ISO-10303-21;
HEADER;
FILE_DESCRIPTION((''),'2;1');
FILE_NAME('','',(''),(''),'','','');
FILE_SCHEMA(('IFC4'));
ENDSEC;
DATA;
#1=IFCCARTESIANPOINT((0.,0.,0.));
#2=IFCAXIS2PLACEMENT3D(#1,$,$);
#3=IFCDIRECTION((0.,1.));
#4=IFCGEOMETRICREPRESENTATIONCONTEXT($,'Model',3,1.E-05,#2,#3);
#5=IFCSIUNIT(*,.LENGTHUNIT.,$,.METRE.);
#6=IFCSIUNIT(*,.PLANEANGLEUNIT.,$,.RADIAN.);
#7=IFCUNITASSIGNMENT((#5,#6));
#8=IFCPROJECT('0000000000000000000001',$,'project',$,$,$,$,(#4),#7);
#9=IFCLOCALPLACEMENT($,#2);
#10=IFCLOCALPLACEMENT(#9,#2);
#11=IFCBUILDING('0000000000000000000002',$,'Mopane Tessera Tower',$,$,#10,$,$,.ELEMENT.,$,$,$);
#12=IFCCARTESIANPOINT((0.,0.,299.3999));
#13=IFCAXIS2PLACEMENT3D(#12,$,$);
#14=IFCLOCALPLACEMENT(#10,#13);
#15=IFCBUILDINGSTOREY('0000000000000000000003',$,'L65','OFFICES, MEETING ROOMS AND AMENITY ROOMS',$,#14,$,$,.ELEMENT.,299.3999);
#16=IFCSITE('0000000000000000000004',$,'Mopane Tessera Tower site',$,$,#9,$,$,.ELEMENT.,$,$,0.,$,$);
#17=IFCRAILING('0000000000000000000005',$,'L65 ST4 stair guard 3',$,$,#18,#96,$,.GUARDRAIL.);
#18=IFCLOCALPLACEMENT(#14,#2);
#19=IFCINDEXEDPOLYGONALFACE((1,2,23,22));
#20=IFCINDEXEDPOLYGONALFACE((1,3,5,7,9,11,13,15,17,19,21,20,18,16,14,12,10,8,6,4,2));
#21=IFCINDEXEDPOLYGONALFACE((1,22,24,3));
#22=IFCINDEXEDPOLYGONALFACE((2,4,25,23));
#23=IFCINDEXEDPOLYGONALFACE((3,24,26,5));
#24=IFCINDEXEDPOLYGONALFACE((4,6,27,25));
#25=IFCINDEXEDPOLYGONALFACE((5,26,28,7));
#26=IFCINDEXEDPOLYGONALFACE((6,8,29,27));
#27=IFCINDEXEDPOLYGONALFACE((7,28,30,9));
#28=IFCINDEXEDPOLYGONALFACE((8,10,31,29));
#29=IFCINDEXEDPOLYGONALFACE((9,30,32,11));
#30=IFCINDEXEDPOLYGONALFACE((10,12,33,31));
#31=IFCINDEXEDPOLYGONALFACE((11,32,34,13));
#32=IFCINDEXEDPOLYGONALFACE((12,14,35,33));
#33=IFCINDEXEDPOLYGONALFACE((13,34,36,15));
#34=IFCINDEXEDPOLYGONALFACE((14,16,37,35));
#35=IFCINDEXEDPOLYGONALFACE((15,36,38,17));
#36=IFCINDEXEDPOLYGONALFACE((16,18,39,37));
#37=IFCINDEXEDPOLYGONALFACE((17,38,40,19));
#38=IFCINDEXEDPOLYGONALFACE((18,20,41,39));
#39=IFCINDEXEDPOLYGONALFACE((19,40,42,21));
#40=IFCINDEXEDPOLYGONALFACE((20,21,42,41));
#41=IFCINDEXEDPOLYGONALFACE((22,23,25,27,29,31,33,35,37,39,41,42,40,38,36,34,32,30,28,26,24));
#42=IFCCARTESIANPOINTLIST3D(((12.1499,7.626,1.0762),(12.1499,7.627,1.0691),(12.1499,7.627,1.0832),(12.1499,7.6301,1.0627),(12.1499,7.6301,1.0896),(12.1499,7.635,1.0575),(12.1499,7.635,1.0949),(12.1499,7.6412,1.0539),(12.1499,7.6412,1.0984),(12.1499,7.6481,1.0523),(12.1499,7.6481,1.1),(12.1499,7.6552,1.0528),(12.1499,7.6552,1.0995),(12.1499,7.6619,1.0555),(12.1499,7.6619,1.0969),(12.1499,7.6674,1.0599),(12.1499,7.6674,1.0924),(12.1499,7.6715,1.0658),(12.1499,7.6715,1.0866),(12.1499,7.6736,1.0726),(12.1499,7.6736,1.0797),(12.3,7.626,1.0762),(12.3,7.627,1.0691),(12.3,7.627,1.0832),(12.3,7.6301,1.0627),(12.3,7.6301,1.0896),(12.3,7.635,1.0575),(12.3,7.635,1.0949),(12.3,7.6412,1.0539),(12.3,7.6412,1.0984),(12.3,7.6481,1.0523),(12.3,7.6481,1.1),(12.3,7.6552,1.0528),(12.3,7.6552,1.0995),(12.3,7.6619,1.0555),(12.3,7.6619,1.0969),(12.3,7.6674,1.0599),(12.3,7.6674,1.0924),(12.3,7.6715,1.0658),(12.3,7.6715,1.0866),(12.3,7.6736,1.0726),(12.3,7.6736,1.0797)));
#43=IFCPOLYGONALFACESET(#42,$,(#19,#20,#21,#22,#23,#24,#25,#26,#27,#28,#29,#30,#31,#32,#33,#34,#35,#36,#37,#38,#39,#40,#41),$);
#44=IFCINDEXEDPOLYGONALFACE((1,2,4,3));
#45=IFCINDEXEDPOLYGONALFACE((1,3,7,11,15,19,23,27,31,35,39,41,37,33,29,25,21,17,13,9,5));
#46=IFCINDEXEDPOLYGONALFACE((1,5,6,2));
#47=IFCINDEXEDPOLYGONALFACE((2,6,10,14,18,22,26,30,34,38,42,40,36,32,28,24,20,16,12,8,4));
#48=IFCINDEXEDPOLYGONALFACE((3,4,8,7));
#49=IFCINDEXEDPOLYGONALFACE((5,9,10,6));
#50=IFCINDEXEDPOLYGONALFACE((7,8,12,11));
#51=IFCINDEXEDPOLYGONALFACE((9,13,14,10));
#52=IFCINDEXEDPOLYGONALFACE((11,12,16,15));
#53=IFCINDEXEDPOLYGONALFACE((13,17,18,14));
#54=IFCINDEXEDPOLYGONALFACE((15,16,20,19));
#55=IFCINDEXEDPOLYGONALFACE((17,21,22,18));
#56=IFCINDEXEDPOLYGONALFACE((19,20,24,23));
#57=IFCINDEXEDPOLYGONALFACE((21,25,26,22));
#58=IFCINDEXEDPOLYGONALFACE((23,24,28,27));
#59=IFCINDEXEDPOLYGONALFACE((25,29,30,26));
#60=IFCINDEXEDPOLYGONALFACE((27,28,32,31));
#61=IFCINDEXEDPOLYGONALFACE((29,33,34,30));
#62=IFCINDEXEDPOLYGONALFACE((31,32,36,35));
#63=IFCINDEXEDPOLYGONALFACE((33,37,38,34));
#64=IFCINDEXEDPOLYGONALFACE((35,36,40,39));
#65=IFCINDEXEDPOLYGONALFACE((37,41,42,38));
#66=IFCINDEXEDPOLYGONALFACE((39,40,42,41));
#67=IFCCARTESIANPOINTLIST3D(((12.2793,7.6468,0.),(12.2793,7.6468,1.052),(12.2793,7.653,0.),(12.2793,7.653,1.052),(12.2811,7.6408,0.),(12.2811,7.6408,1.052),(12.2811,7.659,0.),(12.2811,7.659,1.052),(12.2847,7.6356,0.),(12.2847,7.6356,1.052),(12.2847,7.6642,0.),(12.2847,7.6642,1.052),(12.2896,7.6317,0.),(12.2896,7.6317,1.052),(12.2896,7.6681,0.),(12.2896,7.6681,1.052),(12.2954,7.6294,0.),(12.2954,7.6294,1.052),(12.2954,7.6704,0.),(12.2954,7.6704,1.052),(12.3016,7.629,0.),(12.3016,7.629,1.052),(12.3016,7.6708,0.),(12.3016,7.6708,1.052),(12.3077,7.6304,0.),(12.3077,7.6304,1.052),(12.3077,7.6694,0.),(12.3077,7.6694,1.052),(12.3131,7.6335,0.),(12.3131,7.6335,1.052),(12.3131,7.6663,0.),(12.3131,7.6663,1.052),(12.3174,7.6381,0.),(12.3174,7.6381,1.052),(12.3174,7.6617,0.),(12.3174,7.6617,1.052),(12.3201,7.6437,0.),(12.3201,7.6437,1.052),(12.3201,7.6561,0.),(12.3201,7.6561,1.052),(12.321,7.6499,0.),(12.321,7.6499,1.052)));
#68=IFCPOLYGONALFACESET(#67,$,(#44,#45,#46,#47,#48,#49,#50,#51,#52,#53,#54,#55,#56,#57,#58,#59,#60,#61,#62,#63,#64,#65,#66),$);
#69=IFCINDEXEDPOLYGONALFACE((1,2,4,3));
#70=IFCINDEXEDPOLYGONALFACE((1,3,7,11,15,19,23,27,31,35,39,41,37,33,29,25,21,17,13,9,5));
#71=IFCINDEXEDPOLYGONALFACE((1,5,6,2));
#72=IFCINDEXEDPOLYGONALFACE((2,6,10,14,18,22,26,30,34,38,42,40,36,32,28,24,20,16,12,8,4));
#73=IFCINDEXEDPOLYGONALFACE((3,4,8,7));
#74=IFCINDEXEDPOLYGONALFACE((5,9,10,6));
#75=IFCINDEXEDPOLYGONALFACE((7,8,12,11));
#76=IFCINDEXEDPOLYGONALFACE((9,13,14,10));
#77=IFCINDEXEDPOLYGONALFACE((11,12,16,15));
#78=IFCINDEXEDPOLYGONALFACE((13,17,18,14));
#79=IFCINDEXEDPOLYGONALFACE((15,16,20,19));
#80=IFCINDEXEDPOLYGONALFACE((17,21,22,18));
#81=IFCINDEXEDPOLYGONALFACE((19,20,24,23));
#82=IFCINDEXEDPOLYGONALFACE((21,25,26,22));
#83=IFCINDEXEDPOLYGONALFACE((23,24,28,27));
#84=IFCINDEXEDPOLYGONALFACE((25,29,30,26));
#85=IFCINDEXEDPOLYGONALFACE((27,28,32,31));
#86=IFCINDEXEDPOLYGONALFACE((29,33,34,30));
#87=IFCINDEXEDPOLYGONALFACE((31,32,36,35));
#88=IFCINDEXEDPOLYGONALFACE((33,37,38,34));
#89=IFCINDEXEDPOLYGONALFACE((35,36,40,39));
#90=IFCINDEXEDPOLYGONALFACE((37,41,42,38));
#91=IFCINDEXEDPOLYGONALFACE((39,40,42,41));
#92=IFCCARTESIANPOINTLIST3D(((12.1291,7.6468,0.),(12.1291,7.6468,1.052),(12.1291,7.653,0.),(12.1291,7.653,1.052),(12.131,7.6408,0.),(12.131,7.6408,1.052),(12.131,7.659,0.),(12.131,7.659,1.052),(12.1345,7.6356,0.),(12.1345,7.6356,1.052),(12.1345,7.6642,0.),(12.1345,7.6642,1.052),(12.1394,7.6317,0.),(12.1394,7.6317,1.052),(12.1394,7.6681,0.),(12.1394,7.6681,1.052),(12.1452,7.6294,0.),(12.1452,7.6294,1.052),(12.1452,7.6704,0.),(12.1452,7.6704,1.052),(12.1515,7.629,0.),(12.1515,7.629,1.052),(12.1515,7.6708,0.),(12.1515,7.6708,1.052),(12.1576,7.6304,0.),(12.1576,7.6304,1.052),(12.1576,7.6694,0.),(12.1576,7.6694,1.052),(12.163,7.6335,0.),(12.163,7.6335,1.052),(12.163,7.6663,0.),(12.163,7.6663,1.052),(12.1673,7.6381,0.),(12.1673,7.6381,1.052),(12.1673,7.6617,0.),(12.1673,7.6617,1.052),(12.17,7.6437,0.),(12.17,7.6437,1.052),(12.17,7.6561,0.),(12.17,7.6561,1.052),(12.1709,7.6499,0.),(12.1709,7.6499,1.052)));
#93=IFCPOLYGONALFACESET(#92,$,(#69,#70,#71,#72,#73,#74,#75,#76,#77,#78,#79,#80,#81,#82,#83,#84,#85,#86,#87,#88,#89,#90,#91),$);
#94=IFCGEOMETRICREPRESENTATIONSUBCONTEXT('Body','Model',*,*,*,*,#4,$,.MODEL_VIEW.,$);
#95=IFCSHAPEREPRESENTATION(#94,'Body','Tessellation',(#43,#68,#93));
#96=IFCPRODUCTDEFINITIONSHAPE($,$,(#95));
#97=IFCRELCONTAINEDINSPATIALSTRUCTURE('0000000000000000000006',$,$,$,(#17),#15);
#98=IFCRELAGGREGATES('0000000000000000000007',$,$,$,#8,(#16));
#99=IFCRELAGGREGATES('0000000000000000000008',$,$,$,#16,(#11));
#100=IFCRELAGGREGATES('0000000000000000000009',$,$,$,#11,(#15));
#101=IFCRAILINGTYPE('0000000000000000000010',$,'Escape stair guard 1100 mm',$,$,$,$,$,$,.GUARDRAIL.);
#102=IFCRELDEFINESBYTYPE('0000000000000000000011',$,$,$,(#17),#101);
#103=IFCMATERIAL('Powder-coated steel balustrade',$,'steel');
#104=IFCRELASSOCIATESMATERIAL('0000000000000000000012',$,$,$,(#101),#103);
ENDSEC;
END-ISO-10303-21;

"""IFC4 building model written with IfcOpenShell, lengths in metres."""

from ifc_helpers import new_model, si_unit, direction, frame, origin, origin_2d, place, context, subcontext, project, spatial, circle, extrude, material, type_object, element, save


model = new_model("IFC4")

# Units and contexts
model_context = context("Model", 3, precision=1e-05, world=origin(), true_north=direction((0.0, 1.0)))
body_context = subcontext(model_context, "Body", "Model", "MODEL_VIEW")
ifc_project = project(units=[si_unit("LENGTHUNIT", "METRE"), si_unit("PLANEANGLEUNIT", "RADIAN")], contexts=[model_context])

# Site, building, storey
site_placement = place(None, origin())
site = spatial("IfcSite", under=ifc_project, at=site_placement, Name="Mopane Tessera Tower site", CompositionType="ELEMENT", RefElevation=0.0)
building_placement = place(site_placement, origin())
building = spatial("IfcBuilding", under=site, at=building_placement, Name="Mopane Tessera Tower", CompositionType="ELEMENT")
storey_placement = place(building_placement, frame((0.0, 0.0, 299.3999)))
storey = spatial("IfcBuildingStorey", under=building, at=storey_placement, Name="L65", Description="OFFICES, MEETING ROOMS AND AMENITY ROOMS", CompositionType="ELEMENT", Elevation=299.3999)

# Railing
ifc_material_1 = material(Name="Powder-coated steel balustrade", Category="steel")
railing_type_1 = type_object("IfcRailingType", Name="Escape stair guard 1100 mm", PredefinedType="GUARDRAIL", material=ifc_material_1)
railing_1_placement = place(storey_placement, frame((12.3, 7.6499, 0.0)))
element("IfcRailing", 1, at=railing_1_placement, inside=storey, type_object=railing_type_1, Name="L65 ST4 stair guard 3", PredefinedType="GUARDRAIL", context=body_context, shape_type="SweptSolid", body=[
    extrude(circle(Radius=0.0239, at=origin_2d()), frame((0.0, 0.0, 1.0762), z_axis=(-1.0, 0.0, 0.0), x_axis=(0.0, -1.0, 0.0)), (0.0, 0.0, 1.0), 0.1501),
    extrude(circle(Radius=0.021, at=origin_2d()), origin(), (0.0, 0.0, 1.0), 1.052),
    extrude(circle(Radius=0.021, at=origin_2d()), frame((-0.1501, 0.0, 0.0)), (0.0, 0.0, 1.0), 1.052),
])

save(model, "model.ifc")
